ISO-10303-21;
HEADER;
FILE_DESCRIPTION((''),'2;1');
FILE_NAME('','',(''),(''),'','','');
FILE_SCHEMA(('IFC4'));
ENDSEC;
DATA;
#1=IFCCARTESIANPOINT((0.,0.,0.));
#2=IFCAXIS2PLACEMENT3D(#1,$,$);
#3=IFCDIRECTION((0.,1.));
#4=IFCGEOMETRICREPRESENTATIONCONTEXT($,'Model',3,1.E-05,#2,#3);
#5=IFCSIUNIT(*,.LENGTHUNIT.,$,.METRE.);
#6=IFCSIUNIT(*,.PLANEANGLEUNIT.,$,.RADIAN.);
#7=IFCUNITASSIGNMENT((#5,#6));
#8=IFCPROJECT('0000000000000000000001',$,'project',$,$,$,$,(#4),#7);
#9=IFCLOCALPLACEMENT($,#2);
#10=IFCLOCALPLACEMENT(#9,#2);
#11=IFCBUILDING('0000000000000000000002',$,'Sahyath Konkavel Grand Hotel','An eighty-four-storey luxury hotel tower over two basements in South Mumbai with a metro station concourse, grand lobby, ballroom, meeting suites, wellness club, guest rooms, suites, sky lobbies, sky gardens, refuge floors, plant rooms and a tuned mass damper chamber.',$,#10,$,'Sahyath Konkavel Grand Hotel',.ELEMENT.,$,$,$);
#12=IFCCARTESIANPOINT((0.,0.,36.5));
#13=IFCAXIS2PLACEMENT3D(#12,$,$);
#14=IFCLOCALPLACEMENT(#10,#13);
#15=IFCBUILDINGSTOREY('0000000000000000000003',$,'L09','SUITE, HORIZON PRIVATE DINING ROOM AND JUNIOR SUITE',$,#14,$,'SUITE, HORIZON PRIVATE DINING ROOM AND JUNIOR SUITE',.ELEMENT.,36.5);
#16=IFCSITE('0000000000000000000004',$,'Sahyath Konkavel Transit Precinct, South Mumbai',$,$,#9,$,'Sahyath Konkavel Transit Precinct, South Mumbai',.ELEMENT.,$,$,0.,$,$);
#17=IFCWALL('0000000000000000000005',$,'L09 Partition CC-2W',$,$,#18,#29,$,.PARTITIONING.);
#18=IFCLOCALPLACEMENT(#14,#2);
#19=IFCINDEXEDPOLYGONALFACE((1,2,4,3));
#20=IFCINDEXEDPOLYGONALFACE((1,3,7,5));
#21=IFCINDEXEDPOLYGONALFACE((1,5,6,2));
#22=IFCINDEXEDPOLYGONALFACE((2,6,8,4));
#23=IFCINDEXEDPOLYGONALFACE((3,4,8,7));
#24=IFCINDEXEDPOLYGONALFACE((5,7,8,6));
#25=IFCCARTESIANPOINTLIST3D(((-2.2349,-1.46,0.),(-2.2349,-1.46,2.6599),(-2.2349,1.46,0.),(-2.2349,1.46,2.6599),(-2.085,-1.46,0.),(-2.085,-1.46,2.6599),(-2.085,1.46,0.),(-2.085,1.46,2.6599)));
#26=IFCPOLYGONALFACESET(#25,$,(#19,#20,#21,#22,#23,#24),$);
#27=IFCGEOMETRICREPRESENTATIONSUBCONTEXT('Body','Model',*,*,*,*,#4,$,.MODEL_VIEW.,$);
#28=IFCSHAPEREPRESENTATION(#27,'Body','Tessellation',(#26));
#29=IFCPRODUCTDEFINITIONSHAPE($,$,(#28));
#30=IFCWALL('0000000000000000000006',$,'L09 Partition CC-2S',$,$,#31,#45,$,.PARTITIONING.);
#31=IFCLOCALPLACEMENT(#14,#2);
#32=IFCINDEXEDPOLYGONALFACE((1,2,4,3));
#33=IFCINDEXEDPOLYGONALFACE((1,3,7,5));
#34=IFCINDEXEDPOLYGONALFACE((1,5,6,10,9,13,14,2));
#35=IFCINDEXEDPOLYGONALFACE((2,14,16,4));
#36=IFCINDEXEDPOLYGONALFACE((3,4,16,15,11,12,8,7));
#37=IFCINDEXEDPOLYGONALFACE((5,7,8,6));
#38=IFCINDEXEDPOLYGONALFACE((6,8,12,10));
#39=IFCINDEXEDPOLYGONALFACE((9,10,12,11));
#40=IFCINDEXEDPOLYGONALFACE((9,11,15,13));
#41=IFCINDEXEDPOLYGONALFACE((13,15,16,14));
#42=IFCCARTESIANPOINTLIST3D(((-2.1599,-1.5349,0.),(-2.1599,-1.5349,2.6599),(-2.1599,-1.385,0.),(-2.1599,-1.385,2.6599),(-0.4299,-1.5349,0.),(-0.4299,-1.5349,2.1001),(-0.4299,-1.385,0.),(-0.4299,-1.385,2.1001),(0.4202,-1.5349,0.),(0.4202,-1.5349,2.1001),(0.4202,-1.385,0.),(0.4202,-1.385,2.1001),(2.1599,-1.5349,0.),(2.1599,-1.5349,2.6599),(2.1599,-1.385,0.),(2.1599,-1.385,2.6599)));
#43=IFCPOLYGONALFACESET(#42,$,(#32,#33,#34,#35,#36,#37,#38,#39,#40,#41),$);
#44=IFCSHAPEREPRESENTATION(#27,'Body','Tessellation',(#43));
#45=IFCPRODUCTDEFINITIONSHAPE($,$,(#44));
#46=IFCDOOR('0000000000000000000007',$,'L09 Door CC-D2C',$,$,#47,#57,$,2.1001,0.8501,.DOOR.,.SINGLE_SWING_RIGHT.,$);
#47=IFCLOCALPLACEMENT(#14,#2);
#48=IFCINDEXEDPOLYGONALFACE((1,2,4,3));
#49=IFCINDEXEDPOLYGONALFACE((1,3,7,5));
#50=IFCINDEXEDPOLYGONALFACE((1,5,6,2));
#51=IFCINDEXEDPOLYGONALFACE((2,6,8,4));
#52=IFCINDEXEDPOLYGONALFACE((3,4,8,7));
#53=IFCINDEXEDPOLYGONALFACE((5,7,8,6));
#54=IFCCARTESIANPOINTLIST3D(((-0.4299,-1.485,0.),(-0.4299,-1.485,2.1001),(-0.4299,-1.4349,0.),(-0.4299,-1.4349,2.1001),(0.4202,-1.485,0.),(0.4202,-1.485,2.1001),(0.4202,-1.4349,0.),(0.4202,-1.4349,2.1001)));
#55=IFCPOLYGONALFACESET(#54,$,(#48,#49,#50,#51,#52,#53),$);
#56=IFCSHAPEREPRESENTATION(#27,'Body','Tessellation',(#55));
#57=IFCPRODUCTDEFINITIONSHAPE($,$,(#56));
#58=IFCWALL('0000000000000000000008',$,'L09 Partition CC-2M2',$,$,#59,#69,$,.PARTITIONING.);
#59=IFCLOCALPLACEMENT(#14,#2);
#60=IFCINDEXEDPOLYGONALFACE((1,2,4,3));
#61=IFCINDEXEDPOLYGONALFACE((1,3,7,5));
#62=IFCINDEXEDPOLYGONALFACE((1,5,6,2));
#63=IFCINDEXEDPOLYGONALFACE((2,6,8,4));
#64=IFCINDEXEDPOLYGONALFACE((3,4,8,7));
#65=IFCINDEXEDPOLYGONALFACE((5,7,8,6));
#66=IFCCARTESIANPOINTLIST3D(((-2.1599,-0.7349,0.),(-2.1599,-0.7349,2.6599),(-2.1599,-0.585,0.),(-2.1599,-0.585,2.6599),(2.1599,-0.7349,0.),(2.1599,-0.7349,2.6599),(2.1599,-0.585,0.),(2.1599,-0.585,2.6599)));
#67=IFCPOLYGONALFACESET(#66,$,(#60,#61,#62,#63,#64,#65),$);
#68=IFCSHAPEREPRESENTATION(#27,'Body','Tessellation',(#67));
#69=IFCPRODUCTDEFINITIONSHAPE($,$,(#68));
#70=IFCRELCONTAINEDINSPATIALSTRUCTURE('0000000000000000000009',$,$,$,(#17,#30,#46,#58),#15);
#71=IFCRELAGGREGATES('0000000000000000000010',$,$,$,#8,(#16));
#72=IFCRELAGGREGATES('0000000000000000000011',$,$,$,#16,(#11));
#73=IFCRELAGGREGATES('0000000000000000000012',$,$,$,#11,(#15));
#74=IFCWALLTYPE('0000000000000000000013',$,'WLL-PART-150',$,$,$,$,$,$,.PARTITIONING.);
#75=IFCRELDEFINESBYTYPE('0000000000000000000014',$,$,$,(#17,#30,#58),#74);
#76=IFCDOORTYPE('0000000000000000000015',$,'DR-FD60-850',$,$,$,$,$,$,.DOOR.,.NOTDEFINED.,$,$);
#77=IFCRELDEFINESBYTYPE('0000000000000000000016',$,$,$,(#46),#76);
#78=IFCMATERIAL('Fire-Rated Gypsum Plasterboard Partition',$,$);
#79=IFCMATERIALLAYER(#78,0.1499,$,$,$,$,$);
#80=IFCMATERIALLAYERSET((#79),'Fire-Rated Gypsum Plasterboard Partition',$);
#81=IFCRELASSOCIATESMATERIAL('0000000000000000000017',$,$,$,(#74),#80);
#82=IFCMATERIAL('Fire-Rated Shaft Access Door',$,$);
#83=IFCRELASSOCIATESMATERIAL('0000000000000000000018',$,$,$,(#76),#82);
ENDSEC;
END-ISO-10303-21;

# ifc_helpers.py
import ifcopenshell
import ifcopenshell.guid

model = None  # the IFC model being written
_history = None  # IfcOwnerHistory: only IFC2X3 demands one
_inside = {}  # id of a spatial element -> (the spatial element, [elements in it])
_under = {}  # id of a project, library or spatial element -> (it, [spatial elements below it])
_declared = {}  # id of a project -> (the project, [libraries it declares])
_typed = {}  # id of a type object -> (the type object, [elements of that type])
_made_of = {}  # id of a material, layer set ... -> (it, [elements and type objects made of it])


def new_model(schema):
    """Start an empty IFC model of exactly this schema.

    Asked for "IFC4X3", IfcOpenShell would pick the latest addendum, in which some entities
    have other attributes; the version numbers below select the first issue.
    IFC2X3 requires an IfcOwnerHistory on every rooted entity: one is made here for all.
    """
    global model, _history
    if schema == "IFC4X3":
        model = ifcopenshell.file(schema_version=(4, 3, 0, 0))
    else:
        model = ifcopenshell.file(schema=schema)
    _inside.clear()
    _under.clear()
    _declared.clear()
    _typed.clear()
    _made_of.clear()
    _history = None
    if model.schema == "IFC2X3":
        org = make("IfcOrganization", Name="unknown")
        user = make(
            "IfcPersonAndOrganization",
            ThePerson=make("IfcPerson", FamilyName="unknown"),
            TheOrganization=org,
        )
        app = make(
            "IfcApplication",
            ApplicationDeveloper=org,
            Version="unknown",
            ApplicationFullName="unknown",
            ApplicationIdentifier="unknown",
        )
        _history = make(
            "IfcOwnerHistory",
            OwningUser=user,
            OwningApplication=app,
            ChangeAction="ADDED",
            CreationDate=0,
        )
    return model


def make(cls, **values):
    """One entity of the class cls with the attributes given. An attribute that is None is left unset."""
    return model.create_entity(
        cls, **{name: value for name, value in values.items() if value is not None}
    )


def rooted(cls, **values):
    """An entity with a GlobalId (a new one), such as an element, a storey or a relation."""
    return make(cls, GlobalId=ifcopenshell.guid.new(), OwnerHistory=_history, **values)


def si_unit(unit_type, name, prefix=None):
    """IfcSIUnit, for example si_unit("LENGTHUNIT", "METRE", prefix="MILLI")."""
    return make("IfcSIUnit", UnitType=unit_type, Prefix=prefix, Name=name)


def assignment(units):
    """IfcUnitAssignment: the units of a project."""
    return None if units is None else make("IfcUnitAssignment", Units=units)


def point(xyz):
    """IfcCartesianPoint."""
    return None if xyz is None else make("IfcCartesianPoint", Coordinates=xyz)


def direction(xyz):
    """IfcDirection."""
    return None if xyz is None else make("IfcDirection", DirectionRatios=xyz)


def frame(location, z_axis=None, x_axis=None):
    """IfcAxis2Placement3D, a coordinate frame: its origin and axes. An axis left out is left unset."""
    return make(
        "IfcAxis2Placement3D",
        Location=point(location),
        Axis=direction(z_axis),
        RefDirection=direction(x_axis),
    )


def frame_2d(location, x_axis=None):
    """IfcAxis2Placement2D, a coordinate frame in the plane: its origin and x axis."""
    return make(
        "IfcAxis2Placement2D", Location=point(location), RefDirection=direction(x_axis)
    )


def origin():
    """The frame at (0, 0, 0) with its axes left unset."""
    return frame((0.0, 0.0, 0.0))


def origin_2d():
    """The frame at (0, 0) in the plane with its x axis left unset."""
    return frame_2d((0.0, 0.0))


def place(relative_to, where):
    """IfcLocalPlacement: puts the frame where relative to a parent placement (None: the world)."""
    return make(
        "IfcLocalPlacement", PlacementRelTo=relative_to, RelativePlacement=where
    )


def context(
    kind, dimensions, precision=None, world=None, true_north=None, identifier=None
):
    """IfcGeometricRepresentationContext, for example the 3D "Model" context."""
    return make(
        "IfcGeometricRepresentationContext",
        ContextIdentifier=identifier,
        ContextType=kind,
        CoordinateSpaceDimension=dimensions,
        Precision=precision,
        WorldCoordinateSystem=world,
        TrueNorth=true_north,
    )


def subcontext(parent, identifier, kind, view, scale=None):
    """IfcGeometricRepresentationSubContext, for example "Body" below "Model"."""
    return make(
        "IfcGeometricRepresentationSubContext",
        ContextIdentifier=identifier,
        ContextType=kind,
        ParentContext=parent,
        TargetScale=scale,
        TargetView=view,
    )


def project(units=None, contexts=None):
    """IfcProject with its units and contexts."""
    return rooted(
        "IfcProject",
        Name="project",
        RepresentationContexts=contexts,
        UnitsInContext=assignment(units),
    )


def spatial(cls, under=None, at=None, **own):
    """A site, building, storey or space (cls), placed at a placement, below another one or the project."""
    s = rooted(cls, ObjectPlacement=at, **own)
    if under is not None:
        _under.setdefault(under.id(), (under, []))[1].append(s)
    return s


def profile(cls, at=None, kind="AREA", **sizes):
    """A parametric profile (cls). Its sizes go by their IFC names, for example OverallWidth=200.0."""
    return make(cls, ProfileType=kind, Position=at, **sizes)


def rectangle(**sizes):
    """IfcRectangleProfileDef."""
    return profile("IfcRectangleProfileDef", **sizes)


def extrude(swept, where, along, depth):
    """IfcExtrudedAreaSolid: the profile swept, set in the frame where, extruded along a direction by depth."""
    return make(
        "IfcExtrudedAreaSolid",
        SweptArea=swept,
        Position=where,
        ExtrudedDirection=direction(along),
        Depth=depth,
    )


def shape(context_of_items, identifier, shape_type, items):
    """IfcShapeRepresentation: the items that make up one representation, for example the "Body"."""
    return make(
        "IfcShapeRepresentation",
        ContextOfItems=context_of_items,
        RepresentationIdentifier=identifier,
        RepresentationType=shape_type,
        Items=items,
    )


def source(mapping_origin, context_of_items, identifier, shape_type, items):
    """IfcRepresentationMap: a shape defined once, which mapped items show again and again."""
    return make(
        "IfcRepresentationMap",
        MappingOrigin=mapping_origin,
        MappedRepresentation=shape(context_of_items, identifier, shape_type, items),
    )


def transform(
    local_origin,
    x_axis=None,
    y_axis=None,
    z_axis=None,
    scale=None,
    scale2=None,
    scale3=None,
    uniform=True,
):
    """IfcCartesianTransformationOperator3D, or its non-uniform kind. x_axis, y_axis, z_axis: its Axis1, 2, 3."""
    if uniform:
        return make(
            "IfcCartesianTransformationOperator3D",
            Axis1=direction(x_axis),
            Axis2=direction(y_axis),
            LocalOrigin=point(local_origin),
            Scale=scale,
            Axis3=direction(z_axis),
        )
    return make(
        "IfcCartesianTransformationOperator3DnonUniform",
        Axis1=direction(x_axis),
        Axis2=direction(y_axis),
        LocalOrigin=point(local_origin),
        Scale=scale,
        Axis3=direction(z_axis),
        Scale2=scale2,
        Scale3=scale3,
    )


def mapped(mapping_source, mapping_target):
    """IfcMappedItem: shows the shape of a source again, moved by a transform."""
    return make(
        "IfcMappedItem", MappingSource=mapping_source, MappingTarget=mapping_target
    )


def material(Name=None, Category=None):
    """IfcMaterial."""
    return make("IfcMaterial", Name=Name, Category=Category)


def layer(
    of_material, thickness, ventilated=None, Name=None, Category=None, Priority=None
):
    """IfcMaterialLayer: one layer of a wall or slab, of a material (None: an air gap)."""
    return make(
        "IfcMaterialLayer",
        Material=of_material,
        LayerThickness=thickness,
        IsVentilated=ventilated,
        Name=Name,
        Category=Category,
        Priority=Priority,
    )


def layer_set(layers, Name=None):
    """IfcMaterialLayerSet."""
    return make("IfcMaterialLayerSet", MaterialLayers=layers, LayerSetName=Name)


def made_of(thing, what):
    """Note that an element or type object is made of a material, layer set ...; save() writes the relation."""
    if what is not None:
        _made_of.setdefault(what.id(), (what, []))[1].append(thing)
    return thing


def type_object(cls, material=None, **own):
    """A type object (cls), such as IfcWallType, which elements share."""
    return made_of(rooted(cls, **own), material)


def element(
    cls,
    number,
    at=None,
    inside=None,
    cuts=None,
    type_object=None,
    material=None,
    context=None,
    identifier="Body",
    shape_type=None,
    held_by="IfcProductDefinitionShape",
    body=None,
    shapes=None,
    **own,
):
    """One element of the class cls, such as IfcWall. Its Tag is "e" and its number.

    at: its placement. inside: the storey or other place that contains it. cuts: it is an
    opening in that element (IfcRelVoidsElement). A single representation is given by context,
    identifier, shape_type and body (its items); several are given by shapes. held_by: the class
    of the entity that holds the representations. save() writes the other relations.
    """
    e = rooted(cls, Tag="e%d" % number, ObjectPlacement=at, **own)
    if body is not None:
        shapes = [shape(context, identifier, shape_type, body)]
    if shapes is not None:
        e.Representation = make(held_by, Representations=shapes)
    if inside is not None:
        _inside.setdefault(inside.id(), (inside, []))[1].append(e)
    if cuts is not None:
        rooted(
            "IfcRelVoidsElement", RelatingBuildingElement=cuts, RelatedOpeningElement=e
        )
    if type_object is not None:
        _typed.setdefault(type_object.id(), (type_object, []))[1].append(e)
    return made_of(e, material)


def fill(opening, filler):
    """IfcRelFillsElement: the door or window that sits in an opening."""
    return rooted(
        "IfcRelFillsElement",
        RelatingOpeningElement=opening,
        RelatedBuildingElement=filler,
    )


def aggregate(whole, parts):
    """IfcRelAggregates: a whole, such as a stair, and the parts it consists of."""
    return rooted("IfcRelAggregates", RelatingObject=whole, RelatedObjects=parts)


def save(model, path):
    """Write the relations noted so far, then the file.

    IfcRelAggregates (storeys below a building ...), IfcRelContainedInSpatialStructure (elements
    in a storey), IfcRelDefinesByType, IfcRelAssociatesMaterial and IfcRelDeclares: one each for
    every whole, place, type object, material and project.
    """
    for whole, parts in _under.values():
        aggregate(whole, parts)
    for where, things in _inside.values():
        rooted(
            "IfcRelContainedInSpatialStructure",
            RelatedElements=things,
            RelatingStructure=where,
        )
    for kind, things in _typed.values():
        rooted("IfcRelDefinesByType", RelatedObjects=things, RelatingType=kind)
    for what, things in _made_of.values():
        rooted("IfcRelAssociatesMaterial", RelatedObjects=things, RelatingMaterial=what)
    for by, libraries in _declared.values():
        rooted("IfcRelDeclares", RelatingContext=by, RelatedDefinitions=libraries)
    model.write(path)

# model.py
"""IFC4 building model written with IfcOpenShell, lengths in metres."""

from ifc_helpers import new_model, si_unit, direction, frame, frame_2d, origin, origin_2d, place, context, subcontext, project, spatial, rectangle, extrude, source, transform, mapped, material, layer, layer_set, type_object, element, fill, save


model = new_model("IFC4")

# Units and contexts
model_context = context("Model", 3, precision=1e-05, world=origin(), true_north=direction((0.0, 1.0)))
body_context = subcontext(model_context, "Body", "Model", "MODEL_VIEW")
ifc_project = project(units=[si_unit("LENGTHUNIT", "METRE"), si_unit("PLANEANGLEUNIT", "RADIAN")], contexts=[model_context])

# Site, building, storey
site_placement = place(None, origin())
site = spatial("IfcSite", under=ifc_project, at=site_placement, Name="Sahyath Konkavel Transit Precinct, South Mumbai", LongName="Sahyath Konkavel Transit Precinct, South Mumbai", CompositionType="ELEMENT", RefElevation=0.0)
building_placement = place(site_placement, origin())
building = spatial("IfcBuilding", under=site, at=building_placement, Name="Sahyath Konkavel Grand Hotel", Description="An eighty-four-storey luxury hotel tower over two basements in South Mumbai with a metro station concourse, grand lobby, ballroom, meeting suites, wellness club, guest rooms, suites, sky lobbies, sky gardens, refuge floors, plant rooms and a tuned mass damper chamber.", LongName="Sahyath Konkavel Grand Hotel", CompositionType="ELEMENT")
storey_placement = place(building_placement, frame((0.0, 0.0, 36.5)))
storey = spatial("IfcBuildingStorey", under=building, at=storey_placement, Name="L09", Description="SUITE, HORIZON PRIVATE DINING ROOM AND JUNIOR SUITE", LongName="SUITE, HORIZON PRIVATE DINING ROOM AND JUNIOR SUITE", CompositionType="ELEMENT", Elevation=36.5)

# Wall
ifc_material_1 = material(Name="Fire-Rated Gypsum Plasterboard Partition")
ifc_layer_1 = layer(ifc_material_1, 0.1499)
ifc_layer_set_1 = layer_set([ifc_layer_1], Name="Fire-Rated Gypsum Plasterboard Partition")
wall_type_1 = type_object("IfcWallType", Name="WLL-PART-150", PredefinedType="PARTITIONING", material=ifc_layer_set_1)
wall_1_placement = place(storey_placement, frame((-2.1599, -1.46, 0.0), z_axis=(0.0, 0.0, 1.0), x_axis=(0.0, 1.0, 0.0)))
element("IfcWall", 1, at=wall_1_placement, inside=storey, type_object=wall_type_1, Name="L09 Partition CC-2W", PredefinedType="PARTITIONING", context=body_context, shape_type="SweptSolid", body=[
    extrude(rectangle(XDim=2.9199, YDim=0.1499, at=frame_2d((1.46, 0.0))), origin(), (0.0, 0.0, 1.0), 2.6599),
])

# Wall, opening, door
wall_2_placement = place(storey_placement, frame((-2.1599, -1.46, 0.0), z_axis=(0.0, 0.0, 1.0), x_axis=(1.0, 0.0, 0.0)))
wall_2 = element("IfcWall", 2, at=wall_2_placement, inside=storey, type_object=wall_type_1, Name="L09 Partition CC-2S", PredefinedType="PARTITIONING", context=body_context, shape_type="SweptSolid", body=[
    extrude(rectangle(XDim=4.3198, YDim=0.1499, at=frame_2d((2.1599, 0.0))), origin(), (0.0, 0.0, 1.0), 2.6599),
])
opening_1_placement = place(wall_2_placement, frame((1.73, 0.0, 0.0)))
opening_1 = element("IfcOpeningElement", 3, at=opening_1_placement, cuts=wall_2, PredefinedType="OPENING", context=body_context, shape_type="SweptSolid", body=[
    extrude(rectangle(XDim=0.8501, YDim=2.1001, at=frame_2d((0.425, 1.05))), frame((0.0, 0.085, 0.0), z_axis=(0.0, -1.0, 0.0), x_axis=(1.0, 0.0, 0.0)), (0.0, 0.0, 1.0), 0.1699),
])
ifc_material_2 = material(Name="Fire-Rated Shaft Access Door")
door_type_1 = type_object("IfcDoorType", Name="DR-FD60-850", OperationType="NOTDEFINED", PredefinedType="DOOR", material=ifc_material_2)
shared_shape_1 = source(origin(), body_context, "Body", "SweptSolid", [
    extrude(rectangle(XDim=0.8501, YDim=0.05, at=origin_2d()), origin(), (0.0, 0.0, 1.0), 2.1001),
])
door_1_placement = place(opening_1_placement, frame((0.425, 0.0, 0.0)))
door_1 = element("IfcDoor", 4, at=door_1_placement, inside=storey, type_object=door_type_1, Name="L09 Door CC-D2C", OperationType="SINGLE_SWING_RIGHT", OverallHeight=2.1001, OverallWidth=0.8501, PredefinedType="DOOR", context=body_context, shape_type="MappedRepresentation", body=[
    mapped(shared_shape_1, transform((0.0, 0.0, 0.0), scale=1.0)),
])
fill(opening_1, door_1)

# Wall
wall_3_placement = place(storey_placement, frame((-2.1599, -0.6599, 0.0), z_axis=(0.0, 0.0, 1.0), x_axis=(1.0, 0.0, 0.0)))
element("IfcWall", 5, at=wall_3_placement, inside=storey, type_object=wall_type_1, Name="L09 Partition CC-2M2", PredefinedType="PARTITIONING", context=body_context, shape_type="SweptSolid", body=[
    extrude(rectangle(XDim=4.3198, YDim=0.1499, at=frame_2d((2.1599, 0.0))), origin(), (0.0, 0.0, 1.0), 2.6599),
])

save(model, "model.ifc")
